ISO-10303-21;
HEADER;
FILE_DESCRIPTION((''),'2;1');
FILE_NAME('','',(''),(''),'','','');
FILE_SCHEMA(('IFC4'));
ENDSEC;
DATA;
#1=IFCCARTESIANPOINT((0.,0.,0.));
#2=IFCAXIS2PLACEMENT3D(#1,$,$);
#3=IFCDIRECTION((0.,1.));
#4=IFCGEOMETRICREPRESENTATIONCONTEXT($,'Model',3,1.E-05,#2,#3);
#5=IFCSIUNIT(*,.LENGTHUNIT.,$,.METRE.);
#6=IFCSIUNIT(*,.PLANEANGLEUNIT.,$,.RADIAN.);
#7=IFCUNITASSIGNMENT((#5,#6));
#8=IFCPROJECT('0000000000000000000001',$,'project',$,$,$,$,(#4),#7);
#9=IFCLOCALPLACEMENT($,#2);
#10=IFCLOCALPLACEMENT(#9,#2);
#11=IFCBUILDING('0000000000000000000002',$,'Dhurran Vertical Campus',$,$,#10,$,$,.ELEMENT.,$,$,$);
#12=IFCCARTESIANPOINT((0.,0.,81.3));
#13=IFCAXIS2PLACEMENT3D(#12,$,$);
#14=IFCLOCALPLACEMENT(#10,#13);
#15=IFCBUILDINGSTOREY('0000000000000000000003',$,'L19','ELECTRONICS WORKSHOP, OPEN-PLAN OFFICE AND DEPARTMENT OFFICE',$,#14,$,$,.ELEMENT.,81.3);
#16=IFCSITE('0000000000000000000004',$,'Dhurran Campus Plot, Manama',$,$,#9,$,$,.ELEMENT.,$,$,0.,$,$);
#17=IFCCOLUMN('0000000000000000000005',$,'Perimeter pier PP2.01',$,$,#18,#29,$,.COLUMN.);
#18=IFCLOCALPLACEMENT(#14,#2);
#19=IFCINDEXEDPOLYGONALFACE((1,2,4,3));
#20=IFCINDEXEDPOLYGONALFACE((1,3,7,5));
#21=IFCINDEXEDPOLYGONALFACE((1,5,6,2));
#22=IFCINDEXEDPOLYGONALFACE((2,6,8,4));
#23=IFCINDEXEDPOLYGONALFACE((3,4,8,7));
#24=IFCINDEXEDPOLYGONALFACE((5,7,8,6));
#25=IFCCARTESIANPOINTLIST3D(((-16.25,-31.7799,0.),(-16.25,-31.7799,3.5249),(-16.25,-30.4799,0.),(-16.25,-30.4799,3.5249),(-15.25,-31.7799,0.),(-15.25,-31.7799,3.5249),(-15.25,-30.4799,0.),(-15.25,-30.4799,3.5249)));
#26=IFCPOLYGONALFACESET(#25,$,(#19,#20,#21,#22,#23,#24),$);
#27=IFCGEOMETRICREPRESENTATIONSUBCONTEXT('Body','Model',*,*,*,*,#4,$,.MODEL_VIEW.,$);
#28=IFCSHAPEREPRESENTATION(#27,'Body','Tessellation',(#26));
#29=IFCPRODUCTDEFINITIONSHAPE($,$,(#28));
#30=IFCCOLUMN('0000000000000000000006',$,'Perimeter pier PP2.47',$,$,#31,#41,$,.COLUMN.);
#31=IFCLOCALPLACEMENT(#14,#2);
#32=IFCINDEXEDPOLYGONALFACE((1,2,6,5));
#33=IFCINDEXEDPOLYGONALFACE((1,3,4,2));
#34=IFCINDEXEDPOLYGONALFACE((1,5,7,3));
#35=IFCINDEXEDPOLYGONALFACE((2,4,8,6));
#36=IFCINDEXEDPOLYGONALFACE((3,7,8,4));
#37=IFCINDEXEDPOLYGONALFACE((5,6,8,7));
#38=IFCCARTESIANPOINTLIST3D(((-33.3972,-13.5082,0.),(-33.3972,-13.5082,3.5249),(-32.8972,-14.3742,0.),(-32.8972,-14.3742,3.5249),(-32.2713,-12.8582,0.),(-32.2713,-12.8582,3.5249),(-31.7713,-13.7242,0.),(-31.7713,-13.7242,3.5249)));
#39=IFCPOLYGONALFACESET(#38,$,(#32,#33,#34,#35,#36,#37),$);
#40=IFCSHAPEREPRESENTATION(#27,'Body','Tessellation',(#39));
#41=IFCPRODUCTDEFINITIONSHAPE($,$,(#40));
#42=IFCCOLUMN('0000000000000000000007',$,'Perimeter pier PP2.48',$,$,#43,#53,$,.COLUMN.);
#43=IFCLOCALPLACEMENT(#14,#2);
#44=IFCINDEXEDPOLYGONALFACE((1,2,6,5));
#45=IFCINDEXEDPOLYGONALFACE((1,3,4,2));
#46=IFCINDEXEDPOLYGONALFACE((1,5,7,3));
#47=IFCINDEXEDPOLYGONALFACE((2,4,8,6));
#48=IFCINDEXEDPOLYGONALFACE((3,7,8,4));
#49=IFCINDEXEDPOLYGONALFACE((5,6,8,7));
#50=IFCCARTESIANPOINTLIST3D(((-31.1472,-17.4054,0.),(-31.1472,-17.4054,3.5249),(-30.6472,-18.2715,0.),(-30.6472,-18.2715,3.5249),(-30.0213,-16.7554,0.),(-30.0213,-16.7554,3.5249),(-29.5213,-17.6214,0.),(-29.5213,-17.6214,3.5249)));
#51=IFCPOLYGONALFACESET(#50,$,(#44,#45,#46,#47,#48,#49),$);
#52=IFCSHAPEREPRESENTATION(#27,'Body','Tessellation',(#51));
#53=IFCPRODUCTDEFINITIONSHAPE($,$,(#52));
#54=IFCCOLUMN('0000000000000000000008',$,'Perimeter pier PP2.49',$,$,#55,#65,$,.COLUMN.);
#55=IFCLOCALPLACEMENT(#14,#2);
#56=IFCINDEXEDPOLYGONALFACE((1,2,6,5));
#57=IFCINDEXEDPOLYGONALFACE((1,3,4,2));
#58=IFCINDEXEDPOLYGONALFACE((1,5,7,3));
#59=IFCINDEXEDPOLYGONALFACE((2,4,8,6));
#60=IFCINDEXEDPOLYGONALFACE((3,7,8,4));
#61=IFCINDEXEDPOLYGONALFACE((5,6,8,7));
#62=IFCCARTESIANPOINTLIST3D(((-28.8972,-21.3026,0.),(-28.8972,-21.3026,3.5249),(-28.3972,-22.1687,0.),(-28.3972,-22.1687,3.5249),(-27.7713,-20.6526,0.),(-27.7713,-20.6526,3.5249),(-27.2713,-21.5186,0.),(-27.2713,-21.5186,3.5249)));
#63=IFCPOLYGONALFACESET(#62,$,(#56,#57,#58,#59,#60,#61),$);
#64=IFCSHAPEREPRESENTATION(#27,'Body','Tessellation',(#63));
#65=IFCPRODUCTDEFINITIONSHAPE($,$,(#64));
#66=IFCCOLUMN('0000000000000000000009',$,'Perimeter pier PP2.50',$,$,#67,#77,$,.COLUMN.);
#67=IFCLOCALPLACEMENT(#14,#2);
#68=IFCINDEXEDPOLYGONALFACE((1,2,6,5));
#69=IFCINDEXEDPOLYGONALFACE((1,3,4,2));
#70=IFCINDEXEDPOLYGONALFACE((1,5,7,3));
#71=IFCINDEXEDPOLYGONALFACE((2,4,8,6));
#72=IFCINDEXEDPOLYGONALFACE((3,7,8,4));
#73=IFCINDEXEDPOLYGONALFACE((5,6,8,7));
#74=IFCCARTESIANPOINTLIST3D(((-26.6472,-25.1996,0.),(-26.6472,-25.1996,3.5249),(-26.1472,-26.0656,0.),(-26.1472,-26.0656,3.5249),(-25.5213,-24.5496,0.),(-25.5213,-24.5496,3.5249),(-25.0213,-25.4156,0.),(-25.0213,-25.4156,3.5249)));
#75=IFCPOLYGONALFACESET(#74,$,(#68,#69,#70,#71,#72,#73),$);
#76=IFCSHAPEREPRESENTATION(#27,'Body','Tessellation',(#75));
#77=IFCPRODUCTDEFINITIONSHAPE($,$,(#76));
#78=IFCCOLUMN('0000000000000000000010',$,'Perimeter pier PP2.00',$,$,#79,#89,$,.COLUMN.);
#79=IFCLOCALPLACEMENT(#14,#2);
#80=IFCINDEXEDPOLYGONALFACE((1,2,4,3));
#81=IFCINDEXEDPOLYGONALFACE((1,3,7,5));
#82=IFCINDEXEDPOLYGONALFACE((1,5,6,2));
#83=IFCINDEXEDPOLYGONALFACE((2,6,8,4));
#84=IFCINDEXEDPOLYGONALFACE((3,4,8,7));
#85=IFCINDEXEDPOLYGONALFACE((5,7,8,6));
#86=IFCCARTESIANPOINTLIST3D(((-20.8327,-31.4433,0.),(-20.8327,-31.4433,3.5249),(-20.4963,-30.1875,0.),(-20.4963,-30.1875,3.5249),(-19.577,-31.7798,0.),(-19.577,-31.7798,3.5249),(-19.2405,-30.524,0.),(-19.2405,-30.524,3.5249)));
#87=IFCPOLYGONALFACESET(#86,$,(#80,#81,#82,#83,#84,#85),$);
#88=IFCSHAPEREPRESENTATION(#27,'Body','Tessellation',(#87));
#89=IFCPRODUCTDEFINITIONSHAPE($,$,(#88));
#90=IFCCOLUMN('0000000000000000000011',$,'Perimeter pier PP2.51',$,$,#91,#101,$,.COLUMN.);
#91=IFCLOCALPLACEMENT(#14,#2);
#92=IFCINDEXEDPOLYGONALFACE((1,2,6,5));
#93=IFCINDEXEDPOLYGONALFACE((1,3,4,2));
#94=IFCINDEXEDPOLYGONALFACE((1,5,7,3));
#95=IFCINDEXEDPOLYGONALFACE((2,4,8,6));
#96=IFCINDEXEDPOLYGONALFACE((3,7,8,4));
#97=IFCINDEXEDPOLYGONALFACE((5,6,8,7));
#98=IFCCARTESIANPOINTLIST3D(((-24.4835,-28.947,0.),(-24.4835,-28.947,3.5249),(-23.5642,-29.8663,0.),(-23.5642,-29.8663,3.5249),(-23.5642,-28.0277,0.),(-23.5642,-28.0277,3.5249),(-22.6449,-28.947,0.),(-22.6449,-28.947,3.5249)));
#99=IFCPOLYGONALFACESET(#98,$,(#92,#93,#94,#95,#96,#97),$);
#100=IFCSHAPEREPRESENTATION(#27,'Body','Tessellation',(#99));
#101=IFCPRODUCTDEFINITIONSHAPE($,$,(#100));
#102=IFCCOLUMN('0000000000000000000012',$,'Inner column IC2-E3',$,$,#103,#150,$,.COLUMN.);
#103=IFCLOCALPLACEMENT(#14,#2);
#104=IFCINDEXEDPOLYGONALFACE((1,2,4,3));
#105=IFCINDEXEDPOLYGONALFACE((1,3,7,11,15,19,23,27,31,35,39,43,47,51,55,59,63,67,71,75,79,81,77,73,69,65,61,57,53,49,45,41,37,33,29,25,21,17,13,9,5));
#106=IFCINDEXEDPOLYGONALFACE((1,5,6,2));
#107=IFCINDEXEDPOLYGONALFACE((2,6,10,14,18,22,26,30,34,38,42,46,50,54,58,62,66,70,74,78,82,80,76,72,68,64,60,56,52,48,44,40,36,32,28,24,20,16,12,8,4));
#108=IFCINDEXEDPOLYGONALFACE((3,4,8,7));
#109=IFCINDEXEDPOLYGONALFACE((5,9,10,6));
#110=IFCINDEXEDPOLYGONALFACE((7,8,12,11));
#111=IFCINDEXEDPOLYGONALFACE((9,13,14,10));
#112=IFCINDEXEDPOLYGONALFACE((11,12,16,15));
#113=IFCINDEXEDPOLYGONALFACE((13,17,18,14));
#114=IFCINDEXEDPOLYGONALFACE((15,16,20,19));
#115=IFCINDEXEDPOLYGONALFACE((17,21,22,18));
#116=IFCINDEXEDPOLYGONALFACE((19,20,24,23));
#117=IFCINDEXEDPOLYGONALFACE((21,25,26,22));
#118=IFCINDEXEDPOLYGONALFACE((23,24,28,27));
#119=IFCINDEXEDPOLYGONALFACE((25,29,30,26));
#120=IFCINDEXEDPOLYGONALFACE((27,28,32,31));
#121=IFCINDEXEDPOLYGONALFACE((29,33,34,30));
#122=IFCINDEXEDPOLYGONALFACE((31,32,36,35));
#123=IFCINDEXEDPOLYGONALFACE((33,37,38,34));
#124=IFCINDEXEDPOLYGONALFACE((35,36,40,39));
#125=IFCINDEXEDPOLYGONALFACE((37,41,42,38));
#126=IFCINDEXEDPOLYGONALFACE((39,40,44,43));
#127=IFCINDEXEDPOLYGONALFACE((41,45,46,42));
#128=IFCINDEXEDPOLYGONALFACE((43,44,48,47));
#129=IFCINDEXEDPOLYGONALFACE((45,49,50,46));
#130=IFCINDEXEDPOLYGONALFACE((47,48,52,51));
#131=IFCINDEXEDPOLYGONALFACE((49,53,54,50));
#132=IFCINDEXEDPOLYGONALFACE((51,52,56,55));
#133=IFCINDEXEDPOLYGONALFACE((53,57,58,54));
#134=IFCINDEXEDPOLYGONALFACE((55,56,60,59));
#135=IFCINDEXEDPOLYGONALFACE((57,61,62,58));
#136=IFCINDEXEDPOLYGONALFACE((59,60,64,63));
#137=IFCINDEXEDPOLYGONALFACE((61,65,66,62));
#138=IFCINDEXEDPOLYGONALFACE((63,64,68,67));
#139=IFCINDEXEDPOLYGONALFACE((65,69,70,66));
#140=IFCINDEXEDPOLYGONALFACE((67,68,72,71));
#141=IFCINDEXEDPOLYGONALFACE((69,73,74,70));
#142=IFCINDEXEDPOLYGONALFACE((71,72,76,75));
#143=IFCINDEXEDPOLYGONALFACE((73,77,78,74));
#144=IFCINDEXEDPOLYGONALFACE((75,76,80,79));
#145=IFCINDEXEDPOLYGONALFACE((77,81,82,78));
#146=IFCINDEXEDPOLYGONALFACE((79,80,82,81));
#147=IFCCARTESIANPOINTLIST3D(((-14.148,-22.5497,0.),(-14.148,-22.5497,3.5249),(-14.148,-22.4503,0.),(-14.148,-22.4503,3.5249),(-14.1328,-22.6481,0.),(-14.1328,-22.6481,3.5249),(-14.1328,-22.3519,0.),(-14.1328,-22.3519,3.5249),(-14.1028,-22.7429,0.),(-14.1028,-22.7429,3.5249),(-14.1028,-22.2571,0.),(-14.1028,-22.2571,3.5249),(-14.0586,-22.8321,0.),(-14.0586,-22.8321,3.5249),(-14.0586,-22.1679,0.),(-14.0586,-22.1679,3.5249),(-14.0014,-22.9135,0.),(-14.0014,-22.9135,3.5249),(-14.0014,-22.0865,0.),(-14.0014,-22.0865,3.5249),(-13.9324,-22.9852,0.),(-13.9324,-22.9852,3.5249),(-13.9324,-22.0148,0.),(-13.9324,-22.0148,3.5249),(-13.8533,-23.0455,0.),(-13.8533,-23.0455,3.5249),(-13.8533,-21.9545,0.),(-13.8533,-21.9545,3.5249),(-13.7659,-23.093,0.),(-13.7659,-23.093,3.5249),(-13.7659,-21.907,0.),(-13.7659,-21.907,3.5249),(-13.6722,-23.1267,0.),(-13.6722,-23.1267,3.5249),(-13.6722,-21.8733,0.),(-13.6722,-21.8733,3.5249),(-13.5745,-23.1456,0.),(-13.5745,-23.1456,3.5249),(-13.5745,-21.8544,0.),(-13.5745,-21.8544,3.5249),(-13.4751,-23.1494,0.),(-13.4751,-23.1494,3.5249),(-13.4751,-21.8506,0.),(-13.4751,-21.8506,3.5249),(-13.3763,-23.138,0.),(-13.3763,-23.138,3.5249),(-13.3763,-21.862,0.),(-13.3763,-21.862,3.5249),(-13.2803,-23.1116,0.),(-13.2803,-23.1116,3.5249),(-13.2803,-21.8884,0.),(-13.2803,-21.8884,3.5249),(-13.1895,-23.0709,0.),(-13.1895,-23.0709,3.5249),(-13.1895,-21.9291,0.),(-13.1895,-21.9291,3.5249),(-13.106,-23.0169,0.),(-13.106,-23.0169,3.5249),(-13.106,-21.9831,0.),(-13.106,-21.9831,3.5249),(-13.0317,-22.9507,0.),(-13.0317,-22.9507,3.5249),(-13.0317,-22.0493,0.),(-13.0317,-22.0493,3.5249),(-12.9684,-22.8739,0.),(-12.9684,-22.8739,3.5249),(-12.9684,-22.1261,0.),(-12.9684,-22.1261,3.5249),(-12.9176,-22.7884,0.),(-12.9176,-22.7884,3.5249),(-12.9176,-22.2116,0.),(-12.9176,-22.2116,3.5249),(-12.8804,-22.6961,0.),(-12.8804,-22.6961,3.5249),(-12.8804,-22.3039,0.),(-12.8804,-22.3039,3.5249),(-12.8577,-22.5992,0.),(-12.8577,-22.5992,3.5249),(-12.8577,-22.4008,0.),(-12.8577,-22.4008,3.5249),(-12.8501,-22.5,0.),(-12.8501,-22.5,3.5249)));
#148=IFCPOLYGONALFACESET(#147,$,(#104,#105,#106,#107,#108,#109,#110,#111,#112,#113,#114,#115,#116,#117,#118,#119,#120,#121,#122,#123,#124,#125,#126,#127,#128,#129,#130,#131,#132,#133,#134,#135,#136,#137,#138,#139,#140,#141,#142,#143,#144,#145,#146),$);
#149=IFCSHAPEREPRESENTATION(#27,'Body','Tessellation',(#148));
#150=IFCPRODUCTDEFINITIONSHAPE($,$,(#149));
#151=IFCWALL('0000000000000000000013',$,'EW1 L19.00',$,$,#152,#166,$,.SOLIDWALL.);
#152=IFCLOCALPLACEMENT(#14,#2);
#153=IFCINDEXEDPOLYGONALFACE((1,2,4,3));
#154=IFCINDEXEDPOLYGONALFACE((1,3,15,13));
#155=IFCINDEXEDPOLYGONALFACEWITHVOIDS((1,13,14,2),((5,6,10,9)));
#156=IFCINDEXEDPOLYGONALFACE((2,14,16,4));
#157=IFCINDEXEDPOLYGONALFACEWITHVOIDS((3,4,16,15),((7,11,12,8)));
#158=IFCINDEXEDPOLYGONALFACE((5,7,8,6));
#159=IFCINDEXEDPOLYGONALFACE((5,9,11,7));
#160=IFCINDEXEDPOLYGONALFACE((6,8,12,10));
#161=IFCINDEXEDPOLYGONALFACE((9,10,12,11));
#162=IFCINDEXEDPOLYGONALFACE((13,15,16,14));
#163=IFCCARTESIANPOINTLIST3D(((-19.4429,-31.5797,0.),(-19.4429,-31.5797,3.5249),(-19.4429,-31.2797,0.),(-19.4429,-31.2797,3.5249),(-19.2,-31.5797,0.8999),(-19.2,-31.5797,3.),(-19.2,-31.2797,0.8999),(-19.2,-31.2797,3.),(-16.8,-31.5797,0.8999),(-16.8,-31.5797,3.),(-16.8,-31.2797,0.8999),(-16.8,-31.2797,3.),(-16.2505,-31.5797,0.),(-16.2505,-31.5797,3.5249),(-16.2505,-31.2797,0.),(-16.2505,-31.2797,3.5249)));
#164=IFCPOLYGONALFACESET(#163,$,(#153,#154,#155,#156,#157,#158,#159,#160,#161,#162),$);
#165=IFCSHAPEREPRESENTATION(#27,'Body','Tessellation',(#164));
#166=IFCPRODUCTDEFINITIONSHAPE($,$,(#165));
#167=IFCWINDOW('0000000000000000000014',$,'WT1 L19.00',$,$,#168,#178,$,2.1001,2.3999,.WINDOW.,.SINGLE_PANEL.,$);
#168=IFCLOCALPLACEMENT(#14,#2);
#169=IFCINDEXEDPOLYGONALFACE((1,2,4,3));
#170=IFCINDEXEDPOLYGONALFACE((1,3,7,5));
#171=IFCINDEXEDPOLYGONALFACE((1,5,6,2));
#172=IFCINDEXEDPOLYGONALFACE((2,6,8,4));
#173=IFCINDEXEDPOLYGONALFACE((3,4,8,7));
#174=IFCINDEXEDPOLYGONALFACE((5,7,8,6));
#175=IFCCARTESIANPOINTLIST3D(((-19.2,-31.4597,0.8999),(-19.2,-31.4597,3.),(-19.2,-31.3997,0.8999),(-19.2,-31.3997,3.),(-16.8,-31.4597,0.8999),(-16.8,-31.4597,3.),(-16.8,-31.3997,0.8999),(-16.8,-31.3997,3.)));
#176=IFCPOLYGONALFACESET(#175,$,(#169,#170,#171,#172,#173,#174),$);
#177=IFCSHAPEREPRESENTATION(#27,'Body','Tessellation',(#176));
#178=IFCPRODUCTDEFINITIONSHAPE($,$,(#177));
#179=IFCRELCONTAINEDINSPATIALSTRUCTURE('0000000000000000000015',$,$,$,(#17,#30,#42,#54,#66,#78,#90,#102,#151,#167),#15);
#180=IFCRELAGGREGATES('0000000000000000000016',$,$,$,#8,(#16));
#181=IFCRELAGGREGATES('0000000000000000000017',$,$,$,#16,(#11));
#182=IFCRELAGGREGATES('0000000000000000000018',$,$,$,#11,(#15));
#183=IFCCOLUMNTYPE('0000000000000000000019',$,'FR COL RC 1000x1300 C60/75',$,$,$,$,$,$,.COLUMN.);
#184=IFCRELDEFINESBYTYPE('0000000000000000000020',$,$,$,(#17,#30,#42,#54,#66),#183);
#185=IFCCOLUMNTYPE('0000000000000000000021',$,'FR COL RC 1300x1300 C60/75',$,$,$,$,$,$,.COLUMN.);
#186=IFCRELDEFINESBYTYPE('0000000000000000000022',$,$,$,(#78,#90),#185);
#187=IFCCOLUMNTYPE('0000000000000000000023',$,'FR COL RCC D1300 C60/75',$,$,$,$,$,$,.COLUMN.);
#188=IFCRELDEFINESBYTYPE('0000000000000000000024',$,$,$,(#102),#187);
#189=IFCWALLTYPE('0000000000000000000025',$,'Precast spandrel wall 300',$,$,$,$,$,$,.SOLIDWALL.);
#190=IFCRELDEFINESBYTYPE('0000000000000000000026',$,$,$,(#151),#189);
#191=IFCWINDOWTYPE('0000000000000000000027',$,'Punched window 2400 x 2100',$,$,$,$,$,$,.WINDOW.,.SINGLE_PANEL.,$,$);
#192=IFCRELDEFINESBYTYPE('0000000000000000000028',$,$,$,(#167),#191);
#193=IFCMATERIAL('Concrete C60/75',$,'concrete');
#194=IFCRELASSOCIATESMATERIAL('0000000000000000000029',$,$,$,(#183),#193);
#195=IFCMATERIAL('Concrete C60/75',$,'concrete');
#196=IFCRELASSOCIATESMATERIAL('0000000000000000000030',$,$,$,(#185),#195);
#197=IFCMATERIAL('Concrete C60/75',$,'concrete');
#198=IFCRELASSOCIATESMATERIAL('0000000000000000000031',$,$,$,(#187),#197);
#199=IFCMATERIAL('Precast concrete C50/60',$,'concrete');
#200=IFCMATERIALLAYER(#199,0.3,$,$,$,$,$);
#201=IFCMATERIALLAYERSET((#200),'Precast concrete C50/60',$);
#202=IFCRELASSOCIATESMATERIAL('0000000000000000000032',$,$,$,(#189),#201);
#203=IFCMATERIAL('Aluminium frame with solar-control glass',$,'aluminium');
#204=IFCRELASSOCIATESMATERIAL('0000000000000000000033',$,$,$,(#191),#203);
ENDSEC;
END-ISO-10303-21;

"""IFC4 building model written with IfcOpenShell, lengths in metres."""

from ifc_helpers import new_model, si_unit, direction, frame, frame_2d, origin, origin_2d, place, context, subcontext, project, spatial, rectangle, circle, extrude, material, layer, layer_set, material_profile, profile_set, type_object, element, fill, save


model = new_model("IFC4")

# Units and contexts
model_context = context("Model", 3, precision=1e-05, world=origin(), true_north=direction((0.0, 1.0)))
body_context = subcontext(model_context, "Body", "Model", "MODEL_VIEW")
ifc_project = project(units=[si_unit("LENGTHUNIT", "METRE"), si_unit("PLANEANGLEUNIT", "RADIAN")], contexts=[model_context])

# Site, building, storey
site_placement = place(None, origin())
site = spatial("IfcSite", under=ifc_project, at=site_placement, Name="Dhurran Campus Plot, Manama", CompositionType="ELEMENT", RefElevation=0.0)
building_placement = place(site_placement, origin())
building = spatial("IfcBuilding", under=site, at=building_placement, Name="Dhurran Vertical Campus", CompositionType="ELEMENT")
storey_placement = place(building_placement, frame((0.0, 0.0, 81.3)))
storey = spatial("IfcBuildingStorey", under=building, at=storey_placement, Name="L19", Description="ELECTRONICS WORKSHOP, OPEN-PLAN OFFICE AND DEPARTMENT OFFICE", CompositionType="ELEMENT", Elevation=81.3)

# Columns
ifc_material_1 = material(Name="Concrete C60/75", Category="concrete")
ifc_material_profile_1 = material_profile(ifc_material_1, rectangle(XDim=1.0, YDim=1.3, at=origin_2d()), Name="RC 1000x1300")
ifc_profile_set_1 = profile_set([ifc_material_profile_1], Name="Concrete C60/75")
column_type_1 = type_object("IfcColumnType", Name="FR COL RC 1000x1300 C60/75", PredefinedType="COLUMN", material=ifc_profile_set_1)
for number, where, z_axis, x_axis, name in (
    (1, (-15.75, -31.1299, 0.0), (0.0, 0.0, 1.0), (1.0, 0.0, 0.0), "Perimeter pier PP2.01"),
    (2, (-32.5842, -13.6162, 0.0), (0.0, 0.0, 1.0), (0.5, -0.866025, 0.0), "Perimeter pier PP2.47"),
    (3, (-30.3342, -17.5134, 0.0), (0.0, 0.0, 1.0), (0.5, -0.866025, 0.0), "Perimeter pier PP2.48"),
    (4, (-28.0842, -21.4106, 0.0), (0.0, 0.0, 1.0), (0.5, -0.866025, 0.0), "Perimeter pier PP2.49"),
    (5, (-25.8342, -25.3076, 0.0), (0.0, 0.0, 1.0), (0.5, -0.866025, 0.0), "Perimeter pier PP2.50"),
):
    element("IfcColumn", number, at=place(storey_placement, frame(where, z_axis=z_axis, x_axis=x_axis)), inside=storey, type_object=column_type_1, Name=name, PredefinedType="COLUMN", context=body_context, shape_type="SweptSolid", body=[
        extrude(rectangle(XDim=1.0, YDim=1.3, at=origin_2d()), origin(), (0.0, 0.0, 1.0), 3.5249),
    ])
ifc_material_2 = material(Name="Concrete C60/75", Category="concrete")
ifc_material_profile_2 = material_profile(ifc_material_2, rectangle(XDim=1.3, YDim=1.3, at=origin_2d()), Name="RC 1300x1300")
ifc_profile_set_2 = profile_set([ifc_material_profile_2], Name="Concrete C60/75")
column_type_2 = type_object("IfcColumnType", Name="FR COL RC 1300x1300 C60/75", PredefinedType="COLUMN", material=ifc_profile_set_2)
for number, where, z_axis, x_axis, name in (
    (6, (-20.0366, -30.9836, 0.0), (0.0, 0.0, 1.0), (0.965926, -0.258819, 0.0), "Perimeter pier PP2.00"),
    (7, (-23.5642, -28.947, 0.0), (0.0, 0.0, 1.0), (0.707107, -0.707107, 0.0), "Perimeter pier PP2.51"),
):
    element("IfcColumn", number, at=place(storey_placement, frame(where, z_axis=z_axis, x_axis=x_axis)), inside=storey, type_object=column_type_2, Name=name, PredefinedType="COLUMN", context=body_context, shape_type="SweptSolid", body=[
        extrude(rectangle(XDim=1.3, YDim=1.3, at=origin_2d()), origin(), (0.0, 0.0, 1.0), 3.5249),
    ])
ifc_material_3 = material(Name="Concrete C60/75", Category="concrete")
ifc_material_profile_3 = material_profile(ifc_material_3, circle(Radius=0.6499, at=origin_2d()), Name="RCC D1300")
ifc_profile_set_3 = profile_set([ifc_material_profile_3], Name="Concrete C60/75")
column_type_3 = type_object("IfcColumnType", Name="FR COL RCC D1300 C60/75", PredefinedType="COLUMN", material=ifc_profile_set_3)
column_placement = place(storey_placement, frame((-13.5, -22.5, 0.0), z_axis=(0.0, 0.0, 1.0), x_axis=(1.0, 0.0, 0.0)))
element("IfcColumn", 8, at=column_placement, inside=storey, type_object=column_type_3, Name="Inner column IC2-E3", PredefinedType="COLUMN", context=body_context, shape_type="SweptSolid", body=[
    extrude(circle(Radius=0.6499, at=origin_2d()), origin(), (0.0, 0.0, 1.0), 3.5249),
])

# Wall, opening, window
ifc_material_4 = material(Name="Precast concrete C50/60", Category="concrete")
ifc_layer_1 = layer(ifc_material_4, 0.3)
ifc_layer_set_1 = layer_set([ifc_layer_1], Name="Precast concrete C50/60")
wall_type_1 = type_object("IfcWallType", Name="Precast spandrel wall 300", PredefinedType="SOLIDWALL", material=ifc_layer_set_1)
wall_1_placement = place(storey_placement, frame((-19.4429, -31.4297, 0.0), z_axis=(0.0, 0.0, 1.0), x_axis=(1.0, 0.0, 0.0)))
wall_1 = element("IfcWall", 9, at=wall_1_placement, inside=storey, type_object=wall_type_1, Name="EW1 L19.00", PredefinedType="SOLIDWALL", context=body_context, shape_type="SweptSolid", body=[
    extrude(rectangle(XDim=3.1924, YDim=0.3, at=frame_2d((1.5962, 0.0))), origin(), (0.0, 0.0, 1.0), 3.5249),
])
opening_1_placement = place(wall_1_placement, frame((0.2429, 0.0, 0.8999)))
opening_1 = element("IfcOpeningElement", 10, at=opening_1_placement, cuts=wall_1, PredefinedType="OPENING", context=body_context, shape_type="SweptSolid", body=[
    extrude(rectangle(XDim=2.3999, YDim=2.1001, at=frame_2d((1.2, 1.05))), frame((0.0, 0.1599, 0.0), z_axis=(0.0, -1.0, 0.0), x_axis=(1.0, 0.0, 0.0)), (0.0, 0.0, 1.0), 0.3201),
])
ifc_material_5 = material(Name="Aluminium frame with solar-control glass", Category="aluminium")
window_type = type_object("IfcWindowType", Name="Punched window 2400 x 2100", PartitioningType="SINGLE_PANEL", PredefinedType="WINDOW", material=ifc_material_5)
window_1_placement = place(opening_1_placement, origin())
window_1 = element("IfcWindow", 11, at=window_1_placement, inside=storey, type_object=window_type, Name="WT1 L19.00", OverallHeight=2.1001, OverallWidth=2.3999, PartitioningType="SINGLE_PANEL", PredefinedType="WINDOW", context=body_context, shape_type="SweptSolid", body=[
    extrude(rectangle(XDim=2.3999, YDim=2.1001, at=frame_2d((1.2, 1.05))), frame((0.0, 0.03, 0.0), z_axis=(0.0, -1.0, 0.0), x_axis=(1.0, 0.0, 0.0)), (0.0, 0.0, 1.0), 0.0601),
])
fill(opening_1, window_1)

save(model, "model.ifc")
